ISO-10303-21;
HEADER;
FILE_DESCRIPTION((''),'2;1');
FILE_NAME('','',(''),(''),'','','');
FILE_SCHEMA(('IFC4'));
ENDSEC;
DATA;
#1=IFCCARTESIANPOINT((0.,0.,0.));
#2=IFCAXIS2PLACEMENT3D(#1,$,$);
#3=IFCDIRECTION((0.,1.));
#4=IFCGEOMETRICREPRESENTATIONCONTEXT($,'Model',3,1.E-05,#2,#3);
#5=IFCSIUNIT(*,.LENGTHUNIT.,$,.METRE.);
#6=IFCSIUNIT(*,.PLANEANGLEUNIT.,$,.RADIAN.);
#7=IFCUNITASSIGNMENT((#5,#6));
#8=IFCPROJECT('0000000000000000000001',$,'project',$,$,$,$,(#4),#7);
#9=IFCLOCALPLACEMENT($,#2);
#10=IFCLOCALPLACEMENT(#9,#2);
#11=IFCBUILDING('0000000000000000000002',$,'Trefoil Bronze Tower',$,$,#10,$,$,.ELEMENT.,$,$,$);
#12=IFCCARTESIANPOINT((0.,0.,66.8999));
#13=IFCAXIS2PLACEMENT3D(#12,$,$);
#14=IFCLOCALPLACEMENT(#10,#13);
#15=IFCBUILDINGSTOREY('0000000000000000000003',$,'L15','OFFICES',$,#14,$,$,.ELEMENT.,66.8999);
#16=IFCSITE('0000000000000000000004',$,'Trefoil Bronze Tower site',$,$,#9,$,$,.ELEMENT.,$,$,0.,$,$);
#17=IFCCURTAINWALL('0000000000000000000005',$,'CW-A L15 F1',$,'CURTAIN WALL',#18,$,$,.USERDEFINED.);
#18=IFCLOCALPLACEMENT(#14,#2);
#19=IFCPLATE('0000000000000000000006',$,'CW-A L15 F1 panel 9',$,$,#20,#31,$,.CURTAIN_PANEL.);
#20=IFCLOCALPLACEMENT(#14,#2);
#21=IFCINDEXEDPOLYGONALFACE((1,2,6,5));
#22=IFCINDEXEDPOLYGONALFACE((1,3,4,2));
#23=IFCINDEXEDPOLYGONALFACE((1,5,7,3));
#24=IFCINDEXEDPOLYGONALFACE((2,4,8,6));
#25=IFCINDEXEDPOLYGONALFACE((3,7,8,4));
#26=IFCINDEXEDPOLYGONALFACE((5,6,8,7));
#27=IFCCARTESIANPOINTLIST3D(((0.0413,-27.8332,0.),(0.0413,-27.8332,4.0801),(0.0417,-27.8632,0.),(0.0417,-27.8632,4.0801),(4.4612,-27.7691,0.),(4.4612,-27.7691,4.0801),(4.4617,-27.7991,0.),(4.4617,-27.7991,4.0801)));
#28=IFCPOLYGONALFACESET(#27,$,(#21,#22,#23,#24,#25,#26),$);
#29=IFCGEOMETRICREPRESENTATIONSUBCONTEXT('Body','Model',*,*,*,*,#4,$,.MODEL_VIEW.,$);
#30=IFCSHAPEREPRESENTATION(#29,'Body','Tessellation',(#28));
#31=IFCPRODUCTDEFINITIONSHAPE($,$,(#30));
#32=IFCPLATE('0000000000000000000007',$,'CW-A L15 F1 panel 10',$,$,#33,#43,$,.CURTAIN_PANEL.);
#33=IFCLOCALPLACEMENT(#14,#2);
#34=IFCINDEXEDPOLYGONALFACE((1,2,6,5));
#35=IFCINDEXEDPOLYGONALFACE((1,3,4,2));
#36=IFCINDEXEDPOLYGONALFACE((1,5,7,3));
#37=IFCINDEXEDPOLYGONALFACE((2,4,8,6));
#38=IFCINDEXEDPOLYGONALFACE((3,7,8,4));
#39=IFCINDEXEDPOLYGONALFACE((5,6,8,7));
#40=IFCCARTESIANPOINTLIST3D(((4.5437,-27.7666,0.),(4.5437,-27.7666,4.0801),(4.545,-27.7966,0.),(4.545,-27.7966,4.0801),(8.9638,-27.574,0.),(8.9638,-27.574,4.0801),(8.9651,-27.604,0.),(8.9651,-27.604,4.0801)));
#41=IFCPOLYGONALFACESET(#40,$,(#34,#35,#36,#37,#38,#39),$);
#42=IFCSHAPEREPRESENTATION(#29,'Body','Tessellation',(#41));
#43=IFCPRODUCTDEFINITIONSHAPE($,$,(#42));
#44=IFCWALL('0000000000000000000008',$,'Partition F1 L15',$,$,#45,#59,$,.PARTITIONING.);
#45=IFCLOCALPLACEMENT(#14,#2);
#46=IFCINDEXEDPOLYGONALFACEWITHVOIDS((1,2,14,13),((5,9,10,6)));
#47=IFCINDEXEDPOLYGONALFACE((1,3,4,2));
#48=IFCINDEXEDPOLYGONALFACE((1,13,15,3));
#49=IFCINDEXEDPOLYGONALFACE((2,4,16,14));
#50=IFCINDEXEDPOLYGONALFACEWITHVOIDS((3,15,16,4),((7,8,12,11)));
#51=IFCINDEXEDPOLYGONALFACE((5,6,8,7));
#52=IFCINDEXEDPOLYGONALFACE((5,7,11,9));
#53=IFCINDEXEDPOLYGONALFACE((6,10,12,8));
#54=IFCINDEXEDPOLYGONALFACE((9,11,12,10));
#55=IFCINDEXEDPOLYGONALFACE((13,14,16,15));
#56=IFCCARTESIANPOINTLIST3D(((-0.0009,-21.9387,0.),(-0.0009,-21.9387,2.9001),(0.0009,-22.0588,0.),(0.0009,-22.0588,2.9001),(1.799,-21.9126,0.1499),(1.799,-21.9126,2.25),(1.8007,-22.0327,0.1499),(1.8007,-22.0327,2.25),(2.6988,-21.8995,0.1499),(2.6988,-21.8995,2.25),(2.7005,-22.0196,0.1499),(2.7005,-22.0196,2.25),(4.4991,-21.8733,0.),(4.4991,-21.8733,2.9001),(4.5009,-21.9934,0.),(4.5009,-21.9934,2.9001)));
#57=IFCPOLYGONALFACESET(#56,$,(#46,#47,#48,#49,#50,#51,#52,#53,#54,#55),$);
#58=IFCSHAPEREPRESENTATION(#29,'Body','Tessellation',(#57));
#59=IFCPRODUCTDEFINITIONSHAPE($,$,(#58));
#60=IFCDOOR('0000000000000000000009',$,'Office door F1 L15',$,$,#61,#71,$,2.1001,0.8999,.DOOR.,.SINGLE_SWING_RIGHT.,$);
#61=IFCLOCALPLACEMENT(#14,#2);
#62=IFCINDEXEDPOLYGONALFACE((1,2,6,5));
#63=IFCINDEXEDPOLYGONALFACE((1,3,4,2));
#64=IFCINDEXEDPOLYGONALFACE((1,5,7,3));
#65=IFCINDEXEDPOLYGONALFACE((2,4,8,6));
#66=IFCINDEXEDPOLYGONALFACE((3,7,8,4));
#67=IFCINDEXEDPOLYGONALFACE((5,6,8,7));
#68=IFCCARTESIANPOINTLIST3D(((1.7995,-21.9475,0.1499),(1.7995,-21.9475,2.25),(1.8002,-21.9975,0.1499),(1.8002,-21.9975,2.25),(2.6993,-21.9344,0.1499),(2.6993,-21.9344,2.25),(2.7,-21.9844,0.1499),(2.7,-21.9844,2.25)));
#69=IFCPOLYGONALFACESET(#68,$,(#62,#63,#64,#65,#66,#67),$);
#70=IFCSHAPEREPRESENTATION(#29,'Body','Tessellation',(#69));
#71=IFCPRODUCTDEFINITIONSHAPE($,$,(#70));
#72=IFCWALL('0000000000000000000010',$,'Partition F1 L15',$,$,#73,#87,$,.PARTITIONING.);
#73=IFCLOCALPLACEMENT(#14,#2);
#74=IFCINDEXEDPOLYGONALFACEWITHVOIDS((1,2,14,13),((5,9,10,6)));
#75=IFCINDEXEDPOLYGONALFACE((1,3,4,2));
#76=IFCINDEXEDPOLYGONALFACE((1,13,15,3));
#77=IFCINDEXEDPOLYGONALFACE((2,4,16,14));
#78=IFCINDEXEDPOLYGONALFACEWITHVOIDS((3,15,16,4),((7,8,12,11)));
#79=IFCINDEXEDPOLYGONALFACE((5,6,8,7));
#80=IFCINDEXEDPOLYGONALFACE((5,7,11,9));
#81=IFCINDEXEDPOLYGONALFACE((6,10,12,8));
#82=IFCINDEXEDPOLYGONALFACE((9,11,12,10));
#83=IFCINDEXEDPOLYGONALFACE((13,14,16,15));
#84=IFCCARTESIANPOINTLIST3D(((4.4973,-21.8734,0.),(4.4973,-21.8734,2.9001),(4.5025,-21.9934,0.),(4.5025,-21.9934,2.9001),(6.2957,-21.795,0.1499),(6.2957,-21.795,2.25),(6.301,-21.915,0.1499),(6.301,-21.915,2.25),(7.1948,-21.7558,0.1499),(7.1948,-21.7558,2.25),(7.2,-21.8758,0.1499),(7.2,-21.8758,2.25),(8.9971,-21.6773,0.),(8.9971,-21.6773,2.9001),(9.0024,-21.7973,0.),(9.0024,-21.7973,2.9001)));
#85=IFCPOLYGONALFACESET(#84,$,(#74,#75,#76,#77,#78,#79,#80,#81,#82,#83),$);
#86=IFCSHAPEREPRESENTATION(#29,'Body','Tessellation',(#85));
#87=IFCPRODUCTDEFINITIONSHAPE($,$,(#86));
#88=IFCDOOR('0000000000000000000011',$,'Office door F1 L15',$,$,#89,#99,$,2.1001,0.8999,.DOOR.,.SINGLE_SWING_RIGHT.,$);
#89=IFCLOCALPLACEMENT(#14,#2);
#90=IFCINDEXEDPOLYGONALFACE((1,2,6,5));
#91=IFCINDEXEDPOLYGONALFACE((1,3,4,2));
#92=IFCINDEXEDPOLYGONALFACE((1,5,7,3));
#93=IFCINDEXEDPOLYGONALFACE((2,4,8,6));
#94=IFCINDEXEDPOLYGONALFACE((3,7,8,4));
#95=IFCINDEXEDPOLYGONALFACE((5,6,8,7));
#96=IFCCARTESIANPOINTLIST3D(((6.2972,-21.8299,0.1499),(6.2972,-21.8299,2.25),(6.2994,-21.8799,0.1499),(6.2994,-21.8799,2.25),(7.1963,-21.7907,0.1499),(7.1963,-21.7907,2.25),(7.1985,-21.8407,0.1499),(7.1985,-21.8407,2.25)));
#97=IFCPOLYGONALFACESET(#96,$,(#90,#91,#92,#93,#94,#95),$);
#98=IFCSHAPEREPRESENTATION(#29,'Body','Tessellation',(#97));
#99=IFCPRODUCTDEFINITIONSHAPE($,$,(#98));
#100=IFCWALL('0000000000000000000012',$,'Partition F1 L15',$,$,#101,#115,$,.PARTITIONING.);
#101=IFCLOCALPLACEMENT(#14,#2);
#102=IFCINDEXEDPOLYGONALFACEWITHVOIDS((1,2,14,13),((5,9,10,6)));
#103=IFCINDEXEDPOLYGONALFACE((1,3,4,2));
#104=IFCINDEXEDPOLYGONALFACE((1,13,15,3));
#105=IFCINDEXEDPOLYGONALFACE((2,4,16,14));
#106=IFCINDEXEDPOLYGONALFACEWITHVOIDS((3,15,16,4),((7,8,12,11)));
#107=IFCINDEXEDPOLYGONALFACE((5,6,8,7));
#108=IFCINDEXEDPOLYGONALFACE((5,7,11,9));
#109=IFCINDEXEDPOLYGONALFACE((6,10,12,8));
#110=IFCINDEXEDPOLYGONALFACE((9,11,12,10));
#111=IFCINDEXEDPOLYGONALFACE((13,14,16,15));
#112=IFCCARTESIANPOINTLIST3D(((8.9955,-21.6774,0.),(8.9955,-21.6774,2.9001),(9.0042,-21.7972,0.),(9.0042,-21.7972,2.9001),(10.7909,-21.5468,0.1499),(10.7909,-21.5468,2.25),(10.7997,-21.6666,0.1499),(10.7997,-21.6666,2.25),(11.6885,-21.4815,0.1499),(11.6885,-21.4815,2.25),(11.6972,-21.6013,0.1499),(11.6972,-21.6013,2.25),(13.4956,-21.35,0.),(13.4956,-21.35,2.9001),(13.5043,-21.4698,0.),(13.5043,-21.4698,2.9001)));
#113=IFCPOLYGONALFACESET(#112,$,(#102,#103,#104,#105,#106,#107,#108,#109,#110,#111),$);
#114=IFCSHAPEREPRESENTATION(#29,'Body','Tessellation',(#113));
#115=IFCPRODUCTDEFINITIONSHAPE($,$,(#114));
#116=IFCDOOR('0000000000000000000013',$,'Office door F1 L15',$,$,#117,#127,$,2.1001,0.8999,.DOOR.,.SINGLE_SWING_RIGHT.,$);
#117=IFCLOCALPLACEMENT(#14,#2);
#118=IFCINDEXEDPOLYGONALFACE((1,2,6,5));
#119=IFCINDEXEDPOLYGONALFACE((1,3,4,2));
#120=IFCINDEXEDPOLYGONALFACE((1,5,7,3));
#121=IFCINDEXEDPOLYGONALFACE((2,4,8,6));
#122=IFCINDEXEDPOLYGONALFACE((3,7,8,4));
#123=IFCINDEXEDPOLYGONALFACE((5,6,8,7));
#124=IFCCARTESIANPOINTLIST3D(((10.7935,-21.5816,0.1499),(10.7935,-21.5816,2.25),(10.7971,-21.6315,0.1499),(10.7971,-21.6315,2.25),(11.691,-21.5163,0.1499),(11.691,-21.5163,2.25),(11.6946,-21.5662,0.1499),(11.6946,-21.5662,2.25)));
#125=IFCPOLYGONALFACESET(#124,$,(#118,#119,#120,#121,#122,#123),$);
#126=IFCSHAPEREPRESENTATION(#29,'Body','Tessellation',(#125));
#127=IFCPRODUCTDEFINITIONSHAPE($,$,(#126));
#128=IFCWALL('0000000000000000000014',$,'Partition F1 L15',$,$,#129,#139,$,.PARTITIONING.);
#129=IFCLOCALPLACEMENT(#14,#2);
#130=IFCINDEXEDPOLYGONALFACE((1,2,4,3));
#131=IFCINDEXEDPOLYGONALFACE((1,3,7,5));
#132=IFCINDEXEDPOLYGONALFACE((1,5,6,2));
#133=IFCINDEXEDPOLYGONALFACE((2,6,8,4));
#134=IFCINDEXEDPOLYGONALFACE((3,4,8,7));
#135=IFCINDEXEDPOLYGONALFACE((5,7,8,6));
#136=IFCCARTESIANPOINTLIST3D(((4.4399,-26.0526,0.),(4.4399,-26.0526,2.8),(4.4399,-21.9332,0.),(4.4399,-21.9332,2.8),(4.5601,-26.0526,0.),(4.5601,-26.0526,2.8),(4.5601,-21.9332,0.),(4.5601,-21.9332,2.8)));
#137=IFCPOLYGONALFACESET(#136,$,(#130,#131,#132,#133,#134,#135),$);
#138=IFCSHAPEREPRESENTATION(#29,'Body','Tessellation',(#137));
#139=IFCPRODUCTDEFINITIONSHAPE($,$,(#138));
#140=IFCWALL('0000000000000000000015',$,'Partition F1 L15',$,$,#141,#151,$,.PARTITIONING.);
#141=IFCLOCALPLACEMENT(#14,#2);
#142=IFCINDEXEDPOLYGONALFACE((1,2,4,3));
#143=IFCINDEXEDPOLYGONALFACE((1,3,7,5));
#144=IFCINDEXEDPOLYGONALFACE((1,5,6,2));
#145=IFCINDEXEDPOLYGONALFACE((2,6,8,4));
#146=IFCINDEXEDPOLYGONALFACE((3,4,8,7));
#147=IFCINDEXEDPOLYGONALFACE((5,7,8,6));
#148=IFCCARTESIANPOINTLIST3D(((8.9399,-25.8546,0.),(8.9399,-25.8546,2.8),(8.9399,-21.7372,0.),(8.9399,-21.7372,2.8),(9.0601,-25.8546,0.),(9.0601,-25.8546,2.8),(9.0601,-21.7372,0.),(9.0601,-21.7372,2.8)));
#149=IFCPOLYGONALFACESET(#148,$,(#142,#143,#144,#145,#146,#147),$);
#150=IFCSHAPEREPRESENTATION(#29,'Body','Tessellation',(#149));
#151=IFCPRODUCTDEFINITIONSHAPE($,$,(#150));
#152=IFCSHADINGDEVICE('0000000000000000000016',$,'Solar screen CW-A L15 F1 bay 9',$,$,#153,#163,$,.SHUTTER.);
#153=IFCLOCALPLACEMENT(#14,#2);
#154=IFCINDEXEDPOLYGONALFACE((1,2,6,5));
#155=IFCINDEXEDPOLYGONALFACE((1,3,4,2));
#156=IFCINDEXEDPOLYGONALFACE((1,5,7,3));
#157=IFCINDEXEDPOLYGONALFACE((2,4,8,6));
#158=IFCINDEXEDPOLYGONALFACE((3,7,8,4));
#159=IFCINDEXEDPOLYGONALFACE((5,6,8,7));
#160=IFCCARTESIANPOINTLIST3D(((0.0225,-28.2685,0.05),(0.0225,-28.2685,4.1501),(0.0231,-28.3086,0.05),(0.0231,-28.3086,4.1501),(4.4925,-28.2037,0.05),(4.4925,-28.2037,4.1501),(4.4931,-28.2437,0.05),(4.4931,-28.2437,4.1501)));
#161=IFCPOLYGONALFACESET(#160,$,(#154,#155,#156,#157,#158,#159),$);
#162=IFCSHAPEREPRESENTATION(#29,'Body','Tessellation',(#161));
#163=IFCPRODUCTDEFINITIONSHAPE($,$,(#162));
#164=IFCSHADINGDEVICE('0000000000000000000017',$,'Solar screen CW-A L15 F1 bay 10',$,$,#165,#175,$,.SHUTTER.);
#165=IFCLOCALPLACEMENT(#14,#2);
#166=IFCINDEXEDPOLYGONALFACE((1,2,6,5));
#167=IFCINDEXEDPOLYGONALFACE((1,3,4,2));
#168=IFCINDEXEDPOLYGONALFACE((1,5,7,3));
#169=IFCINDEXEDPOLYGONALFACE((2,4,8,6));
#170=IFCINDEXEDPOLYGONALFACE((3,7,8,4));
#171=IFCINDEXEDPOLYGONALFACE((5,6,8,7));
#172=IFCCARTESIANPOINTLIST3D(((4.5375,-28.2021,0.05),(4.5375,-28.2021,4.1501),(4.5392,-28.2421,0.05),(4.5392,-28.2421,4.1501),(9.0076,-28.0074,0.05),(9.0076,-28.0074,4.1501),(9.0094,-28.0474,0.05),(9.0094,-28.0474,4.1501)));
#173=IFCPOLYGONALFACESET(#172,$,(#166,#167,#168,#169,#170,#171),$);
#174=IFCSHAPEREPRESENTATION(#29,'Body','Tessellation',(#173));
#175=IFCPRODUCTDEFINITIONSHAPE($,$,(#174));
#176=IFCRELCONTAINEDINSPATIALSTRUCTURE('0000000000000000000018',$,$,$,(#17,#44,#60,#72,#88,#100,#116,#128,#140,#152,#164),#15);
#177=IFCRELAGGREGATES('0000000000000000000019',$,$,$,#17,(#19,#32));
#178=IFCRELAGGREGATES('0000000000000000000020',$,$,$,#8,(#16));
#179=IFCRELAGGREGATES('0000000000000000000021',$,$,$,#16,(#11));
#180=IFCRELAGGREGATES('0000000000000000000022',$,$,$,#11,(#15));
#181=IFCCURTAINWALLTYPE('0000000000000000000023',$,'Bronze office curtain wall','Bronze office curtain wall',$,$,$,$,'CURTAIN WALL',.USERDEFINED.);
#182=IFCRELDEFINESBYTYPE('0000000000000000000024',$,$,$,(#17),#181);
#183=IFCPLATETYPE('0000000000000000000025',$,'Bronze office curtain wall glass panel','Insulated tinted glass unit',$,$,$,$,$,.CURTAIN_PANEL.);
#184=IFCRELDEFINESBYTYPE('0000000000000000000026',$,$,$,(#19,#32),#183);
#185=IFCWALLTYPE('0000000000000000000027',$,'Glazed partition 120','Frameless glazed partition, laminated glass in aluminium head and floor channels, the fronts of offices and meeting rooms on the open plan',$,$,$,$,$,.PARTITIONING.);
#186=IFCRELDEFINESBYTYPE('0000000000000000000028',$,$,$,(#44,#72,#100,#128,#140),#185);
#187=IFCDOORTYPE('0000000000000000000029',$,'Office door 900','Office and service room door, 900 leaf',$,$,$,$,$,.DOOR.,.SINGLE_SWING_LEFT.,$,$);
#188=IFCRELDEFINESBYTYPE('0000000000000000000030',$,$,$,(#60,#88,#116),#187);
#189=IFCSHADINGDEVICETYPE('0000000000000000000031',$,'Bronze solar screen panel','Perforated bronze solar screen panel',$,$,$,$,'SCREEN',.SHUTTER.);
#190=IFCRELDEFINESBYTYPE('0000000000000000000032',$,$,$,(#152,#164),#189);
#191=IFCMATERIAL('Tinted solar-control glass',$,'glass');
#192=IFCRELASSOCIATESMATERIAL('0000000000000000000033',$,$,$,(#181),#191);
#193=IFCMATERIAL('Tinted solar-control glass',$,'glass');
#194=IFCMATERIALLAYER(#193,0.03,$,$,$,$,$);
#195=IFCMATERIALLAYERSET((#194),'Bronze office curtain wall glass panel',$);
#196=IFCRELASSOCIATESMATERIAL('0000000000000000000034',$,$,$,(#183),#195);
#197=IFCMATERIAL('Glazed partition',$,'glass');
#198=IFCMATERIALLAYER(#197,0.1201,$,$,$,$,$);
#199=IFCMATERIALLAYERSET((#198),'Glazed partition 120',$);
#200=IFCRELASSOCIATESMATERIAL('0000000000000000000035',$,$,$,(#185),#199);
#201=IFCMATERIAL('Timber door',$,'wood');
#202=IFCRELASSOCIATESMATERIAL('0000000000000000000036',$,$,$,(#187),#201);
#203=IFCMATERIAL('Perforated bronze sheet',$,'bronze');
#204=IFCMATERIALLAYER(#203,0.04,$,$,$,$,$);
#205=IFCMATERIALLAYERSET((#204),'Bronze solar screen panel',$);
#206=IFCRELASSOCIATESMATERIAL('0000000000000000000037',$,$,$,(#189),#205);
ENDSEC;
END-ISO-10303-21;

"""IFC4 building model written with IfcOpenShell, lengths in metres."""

from ifc_helpers import new_model, si_unit, direction, frame, frame_2d, origin, origin_2d, place, context, subcontext, project, spatial, rectangle, extrude, material, layer, layer_set, type_object, element, fill, aggregate, save


model = new_model("IFC4")

# Units and contexts
model_context = context("Model", 3, precision=1e-05, world=origin(), true_north=direction((0.0, 1.0)))
body_context = subcontext(model_context, "Body", "Model", "MODEL_VIEW")
ifc_project = project(units=[si_unit("LENGTHUNIT", "METRE"), si_unit("PLANEANGLEUNIT", "RADIAN")], contexts=[model_context])

# Site, building, storey
site_placement = place(None, origin())
site = spatial("IfcSite", under=ifc_project, at=site_placement, Name="Trefoil Bronze Tower site", CompositionType="ELEMENT", RefElevation=0.0)
building_placement = place(site_placement, origin())
building = spatial("IfcBuilding", under=site, at=building_placement, Name="Trefoil Bronze Tower", CompositionType="ELEMENT")
storey_placement = place(building_placement, frame((0.0, 0.0, 66.8999)))
storey = spatial("IfcBuildingStorey", under=building, at=storey_placement, Name="L15", Description="OFFICES", CompositionType="ELEMENT", Elevation=66.8999)

# Curtain wall
ifc_material_1 = material(Name="Tinted solar-control glass", Category="glass")
curtain_wall_type = type_object("IfcCurtainWallType", Name="Bronze office curtain wall", Description="Bronze office curtain wall", ElementType="CURTAIN WALL", PredefinedType="USERDEFINED", material=ifc_material_1)
curtain_wall_placement = place(storey_placement, origin())
curtain_wall = element("IfcCurtainWall", 1, at=curtain_wall_placement, inside=storey, type_object=curtain_wall_type, Name="CW-A L15 F1", ObjectType="CURTAIN WALL", PredefinedType="USERDEFINED")

# Plates
ifc_material_2 = material(Name="Tinted solar-control glass", Category="glass")
ifc_layer_1 = layer(ifc_material_2, 0.03)
ifc_layer_set_1 = layer_set([ifc_layer_1], Name="Bronze office curtain wall glass panel")
plate_type = type_object("IfcPlateType", Name="Bronze office curtain wall glass panel", Description="Insulated tinted glass unit", PredefinedType="CURTAIN_PANEL", material=ifc_layer_set_1)
plate_1_placement = place(storey_placement, frame((2.2515, -27.8162, 0.0), z_axis=(0.0, 0.0, 1.0), x_axis=(0.999895, 0.014509, 0.0)))
plate_1 = element("IfcPlate", 2, at=plate_1_placement, type_object=plate_type, Name="CW-A L15 F1 panel 9", PredefinedType="CURTAIN_PANEL", context=body_context, shape_type="SweptSolid", body=[
    extrude(rectangle(XDim=4.4204, YDim=0.03, at=origin_2d()), origin(), (0.0, 0.0, 1.0), 4.0801),
])
plate_2_placement = place(storey_placement, frame((6.7544, -27.6853, 0.0), z_axis=(0.0, 0.0, 1.0), x_axis=(0.999052, 0.043528, 0.0)))
plate_2 = element("IfcPlate", 3, at=plate_2_placement, type_object=plate_type, Name="CW-A L15 F1 panel 10", PredefinedType="CURTAIN_PANEL", context=body_context, shape_type="SweptSolid", body=[
    extrude(rectangle(XDim=4.4243, YDim=0.03, at=origin_2d()), origin(), (0.0, 0.0, 1.0), 4.0801),
])
aggregate(curtain_wall, [plate_1, plate_2])

# Walls, openings, doors
ifc_material_3 = material(Name="Glazed partition", Category="glass")
ifc_layer_2 = layer(ifc_material_3, 0.1201)
ifc_layer_set_2 = layer_set([ifc_layer_2], Name="Glazed partition 120")
wall_type = type_object("IfcWallType", Name="Glazed partition 120", Description="Frameless glazed partition, laminated glass in aluminium head and floor channels, the fronts of offices and meeting rooms on the open plan", PredefinedType="PARTITIONING", material=ifc_layer_set_2)
wall_1_placement = place(storey_placement, frame((0.0, -21.9988, 0.0), z_axis=(0.0, 0.0, 1.0), x_axis=(0.999894, 0.014538, 0.0)))
wall_1 = element("IfcWall", 4, at=wall_1_placement, inside=storey, type_object=wall_type, Name="Partition F1 L15", PredefinedType="PARTITIONING", context=body_context, shape_type="SweptSolid", body=[
    extrude(rectangle(XDim=4.5005, YDim=0.1201, at=frame_2d((2.2502, 0.0))), origin(), (0.0, 0.0, 1.0), 2.9001),
])
opening_1_placement = place(wall_1_placement, frame((1.8, 0.0, 0.1499)))
opening_1 = element("IfcOpeningElement", 5, at=opening_1_placement, cuts=wall_1, PredefinedType="OPENING", context=body_context, shape_type="SweptSolid", body=[
    extrude(rectangle(XDim=0.8999, YDim=2.1001, at=frame_2d((0.45, 1.05))), frame((0.0, 0.0701, 0.0), z_axis=(0.0, -1.0, 0.0), x_axis=(1.0, 0.0, 0.0)), (0.0, 0.0, 1.0), 0.1401),
])
ifc_material_4 = material(Name="Timber door", Category="wood")
door_type = type_object("IfcDoorType", Name="Office door 900", Description="Office and service room door, 900 leaf", OperationType="SINGLE_SWING_LEFT", PredefinedType="DOOR", material=ifc_material_4)
door_1_placement = place(opening_1_placement, frame((0.8999, 0.0, 0.0), z_axis=(0.0, 0.0, 1.0), x_axis=(-1.0, 0.0, 0.0)))
door_1 = element("IfcDoor", 6, at=door_1_placement, inside=storey, type_object=door_type, Name="Office door F1 L15", OperationType="SINGLE_SWING_RIGHT", OverallHeight=2.1001, OverallWidth=0.8999, PredefinedType="DOOR", context=body_context, shape_type="SweptSolid", body=[
    extrude(rectangle(XDim=0.8999, YDim=2.1001, at=frame_2d((0.45, 1.05))), frame((0.0, 0.0249, 0.0), z_axis=(0.0, -1.0, 0.0), x_axis=(1.0, 0.0, 0.0)), (0.0, 0.0, 1.0), 0.05),
])
fill(opening_1, door_1)
wall_2_placement = place(storey_placement, frame((4.5, -21.9333, 0.0), z_axis=(0.0, 0.0, 1.0), x_axis=(0.999052, 0.043524, 0.0)))
wall_2 = element("IfcWall", 7, at=wall_2_placement, inside=storey, type_object=wall_type, Name="Partition F1 L15", PredefinedType="PARTITIONING", context=body_context, shape_type="SweptSolid", body=[
    extrude(rectangle(XDim=4.5042, YDim=0.1201, at=frame_2d((2.252, 0.0))), origin(), (0.0, 0.0, 1.0), 2.9001),
])
opening_2_placement = place(wall_2_placement, frame((1.8, 0.0, 0.1499)))
opening_2 = element("IfcOpeningElement", 8, at=opening_2_placement, cuts=wall_2, PredefinedType="OPENING", context=body_context, shape_type="SweptSolid", body=[
    extrude(rectangle(XDim=0.8999, YDim=2.1001, at=frame_2d((0.45, 1.05))), frame((0.0, 0.0701, 0.0), z_axis=(0.0, -1.0, 0.0), x_axis=(1.0, 0.0, 0.0)), (0.0, 0.0, 1.0), 0.1401),
])
door_2_placement = place(opening_2_placement, frame((0.8999, 0.0, 0.0), z_axis=(0.0, 0.0, 1.0), x_axis=(-1.0, 0.0, 0.0)))
door_2 = element("IfcDoor", 9, at=door_2_placement, inside=storey, type_object=door_type, Name="Office door F1 L15", OperationType="SINGLE_SWING_RIGHT", OverallHeight=2.1001, OverallWidth=0.8999, PredefinedType="DOOR", context=body_context, shape_type="SweptSolid", body=[
    extrude(rectangle(XDim=0.8999, YDim=2.1001, at=frame_2d((0.45, 1.05))), frame((0.0, 0.0249, 0.0), z_axis=(0.0, -1.0, 0.0), x_axis=(1.0, 0.0, 0.0)), (0.0, 0.0, 1.0), 0.05),
])
fill(opening_2, door_2)
wall_3_placement = place(storey_placement, frame((9.0, -21.7373, 0.0), z_axis=(0.0, 0.0, 1.0), x_axis=(0.997364, 0.072562, 0.0)))
wall_3 = element("IfcWall", 10, at=wall_3_placement, inside=storey, type_object=wall_type, Name="Partition F1 L15", PredefinedType="PARTITIONING", context=body_context, shape_type="SweptSolid", body=[
    extrude(rectangle(XDim=4.512, YDim=0.1201, at=frame_2d((2.2559, 0.0))), origin(), (0.0, 0.0, 1.0), 2.9001),
])
opening_3_placement = place(wall_3_placement, frame((1.8, 0.0, 0.1499)))
opening_3 = element("IfcOpeningElement", 11, at=opening_3_placement, cuts=wall_3, PredefinedType="OPENING", context=body_context, shape_type="SweptSolid", body=[
    extrude(rectangle(XDim=0.8999, YDim=2.1001, at=frame_2d((0.45, 1.05))), frame((0.0, 0.0701, 0.0), z_axis=(0.0, -1.0, 0.0), x_axis=(1.0, 0.0, 0.0)), (0.0, 0.0, 1.0), 0.1401),
])
door_3_placement = place(opening_3_placement, frame((0.8999, 0.0, 0.0), z_axis=(0.0, 0.0, 1.0), x_axis=(-1.0, 0.0, 0.0)))
door_3 = element("IfcDoor", 12, at=door_3_placement, inside=storey, type_object=door_type, Name="Office door F1 L15", OperationType="SINGLE_SWING_RIGHT", OverallHeight=2.1001, OverallWidth=0.8999, PredefinedType="DOOR", context=body_context, shape_type="SweptSolid", body=[
    extrude(rectangle(XDim=0.8999, YDim=2.1001, at=frame_2d((0.45, 1.05))), frame((0.0, 0.0249, 0.0), z_axis=(0.0, -1.0, 0.0), x_axis=(1.0, 0.0, 0.0)), (0.0, 0.0, 1.0), 0.05),
])
fill(opening_3, door_3)

# Walls
wall_4_placement = place(storey_placement, frame((4.5, -21.9333, 0.0), z_axis=(0.0, 0.0, 1.0), x_axis=(0.0, -1.0, 0.0)))
element("IfcWall", 13, at=wall_4_placement, inside=storey, type_object=wall_type, Name="Partition F1 L15", PredefinedType="PARTITIONING", context=body_context, shape_type="SweptSolid", body=[
    extrude(rectangle(XDim=4.1194, YDim=0.1201, at=frame_2d((2.0596, 0.0))), origin(), (0.0, 0.0, 1.0), 2.8),
])
wall_5_placement = place(storey_placement, frame((9.0, -21.7373, 0.0), z_axis=(0.0, 0.0, 1.0), x_axis=(0.0, -1.0, 0.0)))
element("IfcWall", 14, at=wall_5_placement, inside=storey, type_object=wall_type, Name="Partition F1 L15", PredefinedType="PARTITIONING", context=body_context, shape_type="SweptSolid", body=[
    extrude(rectangle(XDim=4.1174, YDim=0.1201, at=frame_2d((2.0586, 0.0))), origin(), (0.0, 0.0, 1.0), 2.8),
])

# Shading devices
ifc_material_5 = material(Name="Perforated bronze sheet", Category="bronze")
ifc_layer_3 = layer(ifc_material_5, 0.04)
ifc_layer_set_3 = layer_set([ifc_layer_3], Name="Bronze solar screen panel")
shading_device_type = type_object("IfcShadingDeviceType", Name="Bronze solar screen panel", Description="Perforated bronze solar screen panel", ElementType="SCREEN", PredefinedType="SHUTTER", material=ifc_layer_set_3)
shading_device_1_placement = place(storey_placement, frame((2.2578, -28.2561, 0.05), z_axis=(0.0, 0.0, 1.0), x_axis=(0.999895, 0.014509, 0.0)))
element("IfcShadingDevice", 15, at=shading_device_1_placement, inside=storey, type_object=shading_device_type, Name="Solar screen CW-A L15 F1 bay 9", PredefinedType="SHUTTER", context=body_context, shape_type="SweptSolid", body=[
    extrude(rectangle(XDim=4.4705, YDim=0.04, at=origin_2d()), origin(), (0.0, 0.0, 1.0), 4.1001),
])
shading_device_2_placement = place(storey_placement, frame((6.7734, -28.1248, 0.05), z_axis=(0.0, 0.0, 1.0), x_axis=(0.999052, 0.043528, 0.0)))
element("IfcShadingDevice", 16, at=shading_device_2_placement, inside=storey, type_object=shading_device_type, Name="Solar screen CW-A L15 F1 bay 10", PredefinedType="SHUTTER", context=body_context, shape_type="SweptSolid", body=[
    extrude(rectangle(XDim=4.4744, YDim=0.04, at=origin_2d()), origin(), (0.0, 0.0, 1.0), 4.1001),
])

save(model, "model.ifc")
